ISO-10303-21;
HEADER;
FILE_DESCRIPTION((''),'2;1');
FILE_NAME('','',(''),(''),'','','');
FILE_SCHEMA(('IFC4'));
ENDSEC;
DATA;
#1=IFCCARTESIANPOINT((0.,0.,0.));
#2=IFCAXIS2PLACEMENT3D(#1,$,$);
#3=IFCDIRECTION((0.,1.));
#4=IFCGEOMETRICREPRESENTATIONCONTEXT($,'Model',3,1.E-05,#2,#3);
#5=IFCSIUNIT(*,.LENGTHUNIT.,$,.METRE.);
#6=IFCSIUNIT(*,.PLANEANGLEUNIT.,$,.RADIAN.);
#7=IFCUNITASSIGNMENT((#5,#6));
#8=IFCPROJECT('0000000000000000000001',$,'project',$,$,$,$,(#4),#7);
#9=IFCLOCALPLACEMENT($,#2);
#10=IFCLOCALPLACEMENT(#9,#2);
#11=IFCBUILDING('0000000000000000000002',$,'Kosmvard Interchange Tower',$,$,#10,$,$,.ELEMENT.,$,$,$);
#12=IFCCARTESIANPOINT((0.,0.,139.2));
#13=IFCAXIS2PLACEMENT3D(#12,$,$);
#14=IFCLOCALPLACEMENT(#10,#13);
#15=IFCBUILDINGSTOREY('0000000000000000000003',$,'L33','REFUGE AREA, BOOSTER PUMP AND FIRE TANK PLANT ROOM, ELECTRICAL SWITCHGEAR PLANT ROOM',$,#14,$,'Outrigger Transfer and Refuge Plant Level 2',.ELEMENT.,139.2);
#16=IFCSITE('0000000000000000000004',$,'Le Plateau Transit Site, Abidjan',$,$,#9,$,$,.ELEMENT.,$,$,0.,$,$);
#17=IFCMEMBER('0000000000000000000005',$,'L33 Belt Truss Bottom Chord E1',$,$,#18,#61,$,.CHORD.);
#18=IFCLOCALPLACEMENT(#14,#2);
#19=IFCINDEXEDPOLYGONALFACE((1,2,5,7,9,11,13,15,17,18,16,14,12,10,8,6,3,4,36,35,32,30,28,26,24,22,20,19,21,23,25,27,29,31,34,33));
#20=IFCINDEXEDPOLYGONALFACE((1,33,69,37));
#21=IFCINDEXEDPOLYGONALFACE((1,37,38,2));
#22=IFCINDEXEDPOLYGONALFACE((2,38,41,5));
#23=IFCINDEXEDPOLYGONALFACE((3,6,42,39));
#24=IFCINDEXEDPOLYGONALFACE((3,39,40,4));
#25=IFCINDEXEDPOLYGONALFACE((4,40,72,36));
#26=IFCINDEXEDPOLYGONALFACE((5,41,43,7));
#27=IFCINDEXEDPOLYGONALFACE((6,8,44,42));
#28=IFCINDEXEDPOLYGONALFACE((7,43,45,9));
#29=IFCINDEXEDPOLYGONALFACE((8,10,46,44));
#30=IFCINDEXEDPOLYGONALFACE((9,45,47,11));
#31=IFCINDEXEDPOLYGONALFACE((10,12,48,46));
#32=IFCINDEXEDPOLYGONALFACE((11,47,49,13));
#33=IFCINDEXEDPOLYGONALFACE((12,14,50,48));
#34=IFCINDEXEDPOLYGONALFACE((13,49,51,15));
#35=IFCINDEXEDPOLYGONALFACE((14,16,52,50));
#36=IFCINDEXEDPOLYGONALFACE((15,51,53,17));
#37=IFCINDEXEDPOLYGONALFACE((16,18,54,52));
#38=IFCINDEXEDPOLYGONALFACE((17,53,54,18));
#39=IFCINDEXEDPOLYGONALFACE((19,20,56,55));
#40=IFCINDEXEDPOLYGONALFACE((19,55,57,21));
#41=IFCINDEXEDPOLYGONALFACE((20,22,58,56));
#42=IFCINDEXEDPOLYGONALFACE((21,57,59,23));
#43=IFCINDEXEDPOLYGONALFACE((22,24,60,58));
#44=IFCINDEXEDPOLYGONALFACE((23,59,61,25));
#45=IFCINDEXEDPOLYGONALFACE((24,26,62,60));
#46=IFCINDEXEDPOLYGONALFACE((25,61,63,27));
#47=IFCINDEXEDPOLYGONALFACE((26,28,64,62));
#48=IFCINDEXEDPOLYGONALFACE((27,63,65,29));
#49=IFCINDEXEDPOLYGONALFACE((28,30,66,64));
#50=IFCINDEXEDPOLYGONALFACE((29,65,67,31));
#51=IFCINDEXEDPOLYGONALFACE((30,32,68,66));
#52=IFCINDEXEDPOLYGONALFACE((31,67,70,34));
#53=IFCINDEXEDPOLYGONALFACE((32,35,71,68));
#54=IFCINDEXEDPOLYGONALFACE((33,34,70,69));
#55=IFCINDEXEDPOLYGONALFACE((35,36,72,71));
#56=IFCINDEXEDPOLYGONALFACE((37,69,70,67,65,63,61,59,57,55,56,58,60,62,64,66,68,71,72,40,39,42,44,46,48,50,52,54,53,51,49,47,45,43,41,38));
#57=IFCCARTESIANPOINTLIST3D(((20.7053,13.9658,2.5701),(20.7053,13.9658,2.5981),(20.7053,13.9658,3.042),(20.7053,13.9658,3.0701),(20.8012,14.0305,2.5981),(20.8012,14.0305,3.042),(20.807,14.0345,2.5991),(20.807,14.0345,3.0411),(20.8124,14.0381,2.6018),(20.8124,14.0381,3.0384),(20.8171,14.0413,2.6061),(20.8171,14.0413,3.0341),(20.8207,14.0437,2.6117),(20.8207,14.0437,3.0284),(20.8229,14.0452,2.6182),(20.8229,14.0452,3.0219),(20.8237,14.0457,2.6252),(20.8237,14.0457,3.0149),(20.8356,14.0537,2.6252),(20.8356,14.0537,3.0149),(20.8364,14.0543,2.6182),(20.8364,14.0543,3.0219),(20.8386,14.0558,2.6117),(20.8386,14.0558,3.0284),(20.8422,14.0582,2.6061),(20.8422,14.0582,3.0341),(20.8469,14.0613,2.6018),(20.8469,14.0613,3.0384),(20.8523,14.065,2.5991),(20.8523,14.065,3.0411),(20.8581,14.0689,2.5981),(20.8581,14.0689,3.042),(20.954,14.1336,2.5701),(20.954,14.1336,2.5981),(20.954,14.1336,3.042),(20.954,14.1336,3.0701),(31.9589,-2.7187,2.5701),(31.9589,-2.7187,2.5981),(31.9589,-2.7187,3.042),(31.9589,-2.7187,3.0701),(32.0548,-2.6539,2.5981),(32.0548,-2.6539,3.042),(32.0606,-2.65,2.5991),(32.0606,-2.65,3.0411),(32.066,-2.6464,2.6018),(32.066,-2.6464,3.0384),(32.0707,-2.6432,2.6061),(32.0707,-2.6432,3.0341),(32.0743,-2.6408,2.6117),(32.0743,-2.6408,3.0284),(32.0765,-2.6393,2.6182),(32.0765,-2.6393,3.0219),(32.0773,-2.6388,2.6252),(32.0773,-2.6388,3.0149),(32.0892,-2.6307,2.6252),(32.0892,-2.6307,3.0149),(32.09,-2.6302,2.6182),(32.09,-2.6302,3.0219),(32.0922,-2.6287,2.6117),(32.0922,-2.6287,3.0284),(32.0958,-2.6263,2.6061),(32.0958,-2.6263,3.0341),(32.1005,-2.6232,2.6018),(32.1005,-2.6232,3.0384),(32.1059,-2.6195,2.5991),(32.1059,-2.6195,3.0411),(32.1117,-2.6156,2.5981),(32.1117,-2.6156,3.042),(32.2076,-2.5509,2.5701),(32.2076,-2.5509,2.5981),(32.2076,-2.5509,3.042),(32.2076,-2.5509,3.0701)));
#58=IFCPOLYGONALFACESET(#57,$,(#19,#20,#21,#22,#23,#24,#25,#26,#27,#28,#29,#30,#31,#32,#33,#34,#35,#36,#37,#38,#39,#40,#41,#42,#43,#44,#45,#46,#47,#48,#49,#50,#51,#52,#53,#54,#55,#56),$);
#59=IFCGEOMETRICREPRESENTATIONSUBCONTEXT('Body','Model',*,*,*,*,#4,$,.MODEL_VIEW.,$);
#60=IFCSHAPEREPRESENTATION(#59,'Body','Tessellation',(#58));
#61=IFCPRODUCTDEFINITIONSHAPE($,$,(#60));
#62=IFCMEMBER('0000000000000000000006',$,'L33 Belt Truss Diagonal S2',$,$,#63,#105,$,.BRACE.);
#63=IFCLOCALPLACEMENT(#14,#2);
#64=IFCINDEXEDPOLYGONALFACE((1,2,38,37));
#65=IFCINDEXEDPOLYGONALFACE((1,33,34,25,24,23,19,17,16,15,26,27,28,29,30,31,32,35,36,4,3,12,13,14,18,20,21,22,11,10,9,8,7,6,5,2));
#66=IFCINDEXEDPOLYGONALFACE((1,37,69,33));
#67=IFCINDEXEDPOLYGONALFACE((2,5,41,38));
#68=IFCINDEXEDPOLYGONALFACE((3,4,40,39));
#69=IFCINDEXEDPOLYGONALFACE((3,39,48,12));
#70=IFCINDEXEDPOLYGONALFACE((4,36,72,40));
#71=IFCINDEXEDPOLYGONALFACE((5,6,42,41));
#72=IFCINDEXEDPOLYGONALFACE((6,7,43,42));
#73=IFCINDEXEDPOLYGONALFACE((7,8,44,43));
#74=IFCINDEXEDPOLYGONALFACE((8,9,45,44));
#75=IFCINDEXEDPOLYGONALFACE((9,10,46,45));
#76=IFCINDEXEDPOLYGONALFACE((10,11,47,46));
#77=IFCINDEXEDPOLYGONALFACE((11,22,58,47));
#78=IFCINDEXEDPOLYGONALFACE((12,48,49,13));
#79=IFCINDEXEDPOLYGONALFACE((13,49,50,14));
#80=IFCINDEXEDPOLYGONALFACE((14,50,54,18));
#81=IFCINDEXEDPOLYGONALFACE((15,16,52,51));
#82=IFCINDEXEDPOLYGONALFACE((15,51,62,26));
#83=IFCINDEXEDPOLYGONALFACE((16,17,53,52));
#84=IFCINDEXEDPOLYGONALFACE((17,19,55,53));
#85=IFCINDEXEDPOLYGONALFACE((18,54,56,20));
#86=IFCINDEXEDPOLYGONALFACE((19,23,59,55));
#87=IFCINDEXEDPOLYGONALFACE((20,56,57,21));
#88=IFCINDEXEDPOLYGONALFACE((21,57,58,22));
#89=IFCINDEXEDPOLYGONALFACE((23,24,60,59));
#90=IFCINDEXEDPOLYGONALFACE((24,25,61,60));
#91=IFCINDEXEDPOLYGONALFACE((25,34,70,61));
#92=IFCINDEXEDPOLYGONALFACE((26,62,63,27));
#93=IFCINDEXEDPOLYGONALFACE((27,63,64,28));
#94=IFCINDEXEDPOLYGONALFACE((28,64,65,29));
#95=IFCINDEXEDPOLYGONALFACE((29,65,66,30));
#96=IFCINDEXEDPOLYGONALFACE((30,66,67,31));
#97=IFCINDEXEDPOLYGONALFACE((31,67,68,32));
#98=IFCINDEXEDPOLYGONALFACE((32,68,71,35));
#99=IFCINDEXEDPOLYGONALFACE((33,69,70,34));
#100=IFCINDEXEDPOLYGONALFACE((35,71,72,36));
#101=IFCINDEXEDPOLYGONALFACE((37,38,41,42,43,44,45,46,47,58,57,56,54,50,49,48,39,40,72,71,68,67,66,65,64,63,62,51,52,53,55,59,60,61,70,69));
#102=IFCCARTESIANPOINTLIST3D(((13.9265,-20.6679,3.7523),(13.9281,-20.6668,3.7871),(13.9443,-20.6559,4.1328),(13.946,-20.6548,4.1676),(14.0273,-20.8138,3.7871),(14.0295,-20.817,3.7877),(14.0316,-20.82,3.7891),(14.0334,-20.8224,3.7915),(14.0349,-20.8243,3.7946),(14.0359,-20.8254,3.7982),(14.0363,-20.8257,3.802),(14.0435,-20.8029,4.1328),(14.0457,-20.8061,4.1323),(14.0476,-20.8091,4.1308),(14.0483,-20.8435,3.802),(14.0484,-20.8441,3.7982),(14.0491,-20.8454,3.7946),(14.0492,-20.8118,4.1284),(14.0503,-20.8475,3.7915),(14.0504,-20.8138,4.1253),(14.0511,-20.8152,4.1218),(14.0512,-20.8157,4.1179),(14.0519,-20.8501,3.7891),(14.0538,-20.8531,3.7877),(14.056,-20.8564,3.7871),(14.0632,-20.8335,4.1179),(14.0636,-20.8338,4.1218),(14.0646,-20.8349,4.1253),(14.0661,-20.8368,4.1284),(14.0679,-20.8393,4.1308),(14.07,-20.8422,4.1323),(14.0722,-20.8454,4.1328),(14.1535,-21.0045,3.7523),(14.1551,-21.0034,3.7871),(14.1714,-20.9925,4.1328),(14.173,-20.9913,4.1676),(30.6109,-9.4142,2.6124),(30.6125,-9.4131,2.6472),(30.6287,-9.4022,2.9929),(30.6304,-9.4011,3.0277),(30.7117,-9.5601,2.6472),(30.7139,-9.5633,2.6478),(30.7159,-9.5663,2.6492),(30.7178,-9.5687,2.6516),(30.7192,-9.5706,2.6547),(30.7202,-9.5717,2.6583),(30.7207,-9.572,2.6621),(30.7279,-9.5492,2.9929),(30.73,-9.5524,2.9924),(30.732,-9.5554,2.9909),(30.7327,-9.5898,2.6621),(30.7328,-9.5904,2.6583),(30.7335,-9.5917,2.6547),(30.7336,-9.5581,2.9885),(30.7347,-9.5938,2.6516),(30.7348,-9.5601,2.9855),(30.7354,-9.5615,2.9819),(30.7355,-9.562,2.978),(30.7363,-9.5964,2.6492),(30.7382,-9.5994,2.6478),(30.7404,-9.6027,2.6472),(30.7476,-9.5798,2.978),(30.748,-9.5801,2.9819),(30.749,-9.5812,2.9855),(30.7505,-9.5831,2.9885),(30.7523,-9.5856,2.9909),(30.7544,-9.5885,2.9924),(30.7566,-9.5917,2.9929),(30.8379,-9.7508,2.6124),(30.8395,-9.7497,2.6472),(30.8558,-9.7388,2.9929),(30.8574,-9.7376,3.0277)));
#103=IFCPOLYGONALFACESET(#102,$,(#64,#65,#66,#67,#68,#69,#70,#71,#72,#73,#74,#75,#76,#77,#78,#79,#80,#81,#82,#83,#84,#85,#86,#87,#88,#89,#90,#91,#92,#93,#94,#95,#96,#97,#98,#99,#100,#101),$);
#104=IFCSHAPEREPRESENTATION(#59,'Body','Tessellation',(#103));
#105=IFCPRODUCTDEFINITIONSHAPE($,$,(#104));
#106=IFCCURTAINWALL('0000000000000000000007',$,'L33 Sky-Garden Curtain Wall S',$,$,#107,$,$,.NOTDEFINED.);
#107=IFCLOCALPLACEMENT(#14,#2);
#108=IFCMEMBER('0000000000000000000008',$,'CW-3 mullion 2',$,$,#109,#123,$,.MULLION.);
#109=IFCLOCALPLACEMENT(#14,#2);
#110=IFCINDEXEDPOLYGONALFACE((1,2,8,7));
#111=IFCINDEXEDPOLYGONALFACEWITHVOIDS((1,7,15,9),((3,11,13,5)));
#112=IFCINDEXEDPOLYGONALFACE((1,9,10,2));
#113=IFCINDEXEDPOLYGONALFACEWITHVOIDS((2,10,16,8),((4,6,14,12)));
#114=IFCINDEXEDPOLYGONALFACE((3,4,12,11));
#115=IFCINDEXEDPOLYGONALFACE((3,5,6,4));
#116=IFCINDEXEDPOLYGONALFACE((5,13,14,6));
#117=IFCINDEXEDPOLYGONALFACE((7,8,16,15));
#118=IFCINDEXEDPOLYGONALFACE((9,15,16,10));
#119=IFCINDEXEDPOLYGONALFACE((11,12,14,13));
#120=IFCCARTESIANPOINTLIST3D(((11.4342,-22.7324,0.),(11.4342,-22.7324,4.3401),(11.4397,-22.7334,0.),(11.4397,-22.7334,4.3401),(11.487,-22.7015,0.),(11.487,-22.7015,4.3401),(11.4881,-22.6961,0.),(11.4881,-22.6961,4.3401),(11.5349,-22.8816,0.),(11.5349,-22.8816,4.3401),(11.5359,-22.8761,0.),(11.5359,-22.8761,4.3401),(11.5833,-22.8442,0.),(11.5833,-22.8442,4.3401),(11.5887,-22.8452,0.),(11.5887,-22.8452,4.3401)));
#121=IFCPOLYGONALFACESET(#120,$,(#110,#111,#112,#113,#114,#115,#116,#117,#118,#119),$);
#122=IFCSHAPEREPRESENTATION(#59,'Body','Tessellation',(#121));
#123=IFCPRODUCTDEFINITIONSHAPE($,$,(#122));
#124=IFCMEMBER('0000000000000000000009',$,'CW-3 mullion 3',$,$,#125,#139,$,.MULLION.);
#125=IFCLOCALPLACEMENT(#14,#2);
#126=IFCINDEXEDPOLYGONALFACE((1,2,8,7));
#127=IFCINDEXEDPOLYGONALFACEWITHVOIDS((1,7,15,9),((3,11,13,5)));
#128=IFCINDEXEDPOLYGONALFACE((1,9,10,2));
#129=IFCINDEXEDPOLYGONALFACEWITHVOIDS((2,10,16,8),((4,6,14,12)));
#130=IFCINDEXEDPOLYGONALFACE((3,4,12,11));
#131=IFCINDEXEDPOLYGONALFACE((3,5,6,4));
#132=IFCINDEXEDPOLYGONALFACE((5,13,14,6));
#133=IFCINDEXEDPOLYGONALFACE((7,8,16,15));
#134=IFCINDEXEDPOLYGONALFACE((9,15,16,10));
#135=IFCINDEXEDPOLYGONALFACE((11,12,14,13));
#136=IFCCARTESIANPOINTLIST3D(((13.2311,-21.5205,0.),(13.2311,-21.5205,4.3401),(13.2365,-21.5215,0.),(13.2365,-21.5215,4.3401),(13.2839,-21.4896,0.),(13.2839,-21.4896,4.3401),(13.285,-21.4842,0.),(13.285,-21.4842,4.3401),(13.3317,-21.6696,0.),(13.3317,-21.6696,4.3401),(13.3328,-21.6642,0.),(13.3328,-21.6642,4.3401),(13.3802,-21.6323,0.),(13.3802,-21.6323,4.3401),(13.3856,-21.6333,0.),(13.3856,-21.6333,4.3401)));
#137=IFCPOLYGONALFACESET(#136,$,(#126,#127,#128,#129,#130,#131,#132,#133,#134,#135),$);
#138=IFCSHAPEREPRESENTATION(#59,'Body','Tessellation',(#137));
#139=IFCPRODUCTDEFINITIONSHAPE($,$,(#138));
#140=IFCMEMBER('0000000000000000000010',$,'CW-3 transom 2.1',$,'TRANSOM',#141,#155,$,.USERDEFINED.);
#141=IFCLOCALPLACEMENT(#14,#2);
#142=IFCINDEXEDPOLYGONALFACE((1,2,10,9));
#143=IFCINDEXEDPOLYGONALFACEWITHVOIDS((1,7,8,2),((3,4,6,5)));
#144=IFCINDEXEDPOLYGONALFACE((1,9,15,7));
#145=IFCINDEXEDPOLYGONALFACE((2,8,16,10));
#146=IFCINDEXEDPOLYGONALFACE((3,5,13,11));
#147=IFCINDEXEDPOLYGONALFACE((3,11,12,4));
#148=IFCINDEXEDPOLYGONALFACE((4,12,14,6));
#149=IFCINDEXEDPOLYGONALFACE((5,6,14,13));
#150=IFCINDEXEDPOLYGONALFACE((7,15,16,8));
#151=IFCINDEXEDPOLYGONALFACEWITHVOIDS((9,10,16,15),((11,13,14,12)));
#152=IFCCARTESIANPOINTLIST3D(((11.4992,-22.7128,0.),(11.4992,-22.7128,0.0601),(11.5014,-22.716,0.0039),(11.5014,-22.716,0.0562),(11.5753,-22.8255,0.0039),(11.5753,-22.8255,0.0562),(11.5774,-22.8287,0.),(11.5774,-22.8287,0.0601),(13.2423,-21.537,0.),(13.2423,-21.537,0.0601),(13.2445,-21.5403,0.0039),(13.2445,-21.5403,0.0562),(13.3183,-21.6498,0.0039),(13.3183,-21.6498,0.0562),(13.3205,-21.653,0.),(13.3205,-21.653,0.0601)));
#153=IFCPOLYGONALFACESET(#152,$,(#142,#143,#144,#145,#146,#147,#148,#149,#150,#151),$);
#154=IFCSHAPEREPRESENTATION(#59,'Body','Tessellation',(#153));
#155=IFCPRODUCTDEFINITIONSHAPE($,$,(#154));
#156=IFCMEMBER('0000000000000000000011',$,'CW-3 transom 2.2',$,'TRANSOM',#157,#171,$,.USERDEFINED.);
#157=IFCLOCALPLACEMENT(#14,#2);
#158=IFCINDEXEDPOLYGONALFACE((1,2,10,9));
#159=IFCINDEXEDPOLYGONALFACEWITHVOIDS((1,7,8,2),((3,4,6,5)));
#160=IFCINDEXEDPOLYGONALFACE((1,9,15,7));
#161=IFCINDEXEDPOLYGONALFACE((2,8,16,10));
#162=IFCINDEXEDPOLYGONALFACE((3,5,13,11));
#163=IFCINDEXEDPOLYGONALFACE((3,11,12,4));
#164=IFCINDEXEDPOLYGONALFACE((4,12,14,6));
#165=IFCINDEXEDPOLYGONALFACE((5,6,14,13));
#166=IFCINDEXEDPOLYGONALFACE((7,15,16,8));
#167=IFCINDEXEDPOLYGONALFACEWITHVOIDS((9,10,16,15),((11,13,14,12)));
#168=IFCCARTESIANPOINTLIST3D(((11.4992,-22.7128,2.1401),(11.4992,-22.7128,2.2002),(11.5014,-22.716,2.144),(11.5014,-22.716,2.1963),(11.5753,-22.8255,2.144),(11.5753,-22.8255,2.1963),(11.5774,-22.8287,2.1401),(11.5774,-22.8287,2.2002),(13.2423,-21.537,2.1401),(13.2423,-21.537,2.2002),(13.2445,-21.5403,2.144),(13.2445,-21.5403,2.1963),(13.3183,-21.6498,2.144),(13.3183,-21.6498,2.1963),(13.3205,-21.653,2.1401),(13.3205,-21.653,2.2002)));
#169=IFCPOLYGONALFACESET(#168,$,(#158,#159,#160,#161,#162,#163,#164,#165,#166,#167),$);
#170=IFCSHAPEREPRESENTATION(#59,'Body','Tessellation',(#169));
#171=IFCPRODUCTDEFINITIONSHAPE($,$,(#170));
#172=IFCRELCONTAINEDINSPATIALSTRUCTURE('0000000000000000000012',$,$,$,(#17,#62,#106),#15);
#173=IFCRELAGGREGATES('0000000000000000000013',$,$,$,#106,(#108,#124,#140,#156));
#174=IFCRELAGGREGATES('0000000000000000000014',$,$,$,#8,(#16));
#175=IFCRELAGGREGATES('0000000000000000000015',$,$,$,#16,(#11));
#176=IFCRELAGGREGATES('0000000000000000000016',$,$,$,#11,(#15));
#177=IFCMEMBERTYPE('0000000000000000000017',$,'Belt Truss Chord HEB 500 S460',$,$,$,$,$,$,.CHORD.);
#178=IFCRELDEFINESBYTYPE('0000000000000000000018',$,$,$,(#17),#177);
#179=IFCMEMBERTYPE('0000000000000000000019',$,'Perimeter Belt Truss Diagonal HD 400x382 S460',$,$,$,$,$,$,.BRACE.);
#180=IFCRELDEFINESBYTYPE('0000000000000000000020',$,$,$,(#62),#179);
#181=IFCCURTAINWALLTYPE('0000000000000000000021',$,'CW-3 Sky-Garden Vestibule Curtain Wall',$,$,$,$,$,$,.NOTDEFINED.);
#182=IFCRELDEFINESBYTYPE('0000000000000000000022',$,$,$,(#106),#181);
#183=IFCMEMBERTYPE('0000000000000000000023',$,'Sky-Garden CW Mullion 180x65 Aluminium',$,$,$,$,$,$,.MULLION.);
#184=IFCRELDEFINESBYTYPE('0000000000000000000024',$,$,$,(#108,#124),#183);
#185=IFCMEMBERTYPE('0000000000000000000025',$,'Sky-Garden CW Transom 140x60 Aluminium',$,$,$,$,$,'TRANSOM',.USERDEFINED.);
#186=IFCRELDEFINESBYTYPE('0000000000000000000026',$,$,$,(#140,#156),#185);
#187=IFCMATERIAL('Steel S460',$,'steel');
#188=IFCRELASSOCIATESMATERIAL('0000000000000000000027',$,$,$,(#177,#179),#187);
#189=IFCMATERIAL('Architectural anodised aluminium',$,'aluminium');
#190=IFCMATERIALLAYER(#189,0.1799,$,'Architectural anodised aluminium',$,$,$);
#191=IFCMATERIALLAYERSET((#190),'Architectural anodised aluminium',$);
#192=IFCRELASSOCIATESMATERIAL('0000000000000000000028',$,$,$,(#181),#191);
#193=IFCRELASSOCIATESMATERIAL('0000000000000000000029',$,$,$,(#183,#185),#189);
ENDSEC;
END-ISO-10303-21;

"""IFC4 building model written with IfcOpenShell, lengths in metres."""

from ifc_helpers import new_model, si_unit, direction, frame, origin, origin_2d, place, context, subcontext, project, spatial, hollow_rectangle, i_section, extrude, source, transform, mapped, material, layer, layer_set, material_profile, profile_set, type_object, element, aggregate, save


model = new_model("IFC4")

# Units and contexts
model_context = context("Model", 3, precision=1e-05, world=origin(), true_north=direction((0.0, 1.0)))
body_context = subcontext(model_context, "Body", "Model", "MODEL_VIEW")
ifc_project = project(units=[si_unit("LENGTHUNIT", "METRE"), si_unit("PLANEANGLEUNIT", "RADIAN")], contexts=[model_context])

# Site, building, storey
site_placement = place(None, origin())
site = spatial("IfcSite", under=ifc_project, at=site_placement, Name="Le Plateau Transit Site, Abidjan", CompositionType="ELEMENT", RefElevation=0.0)
building_placement = place(site_placement, origin())
building = spatial("IfcBuilding", under=site, at=building_placement, Name="Kosmvard Interchange Tower", CompositionType="ELEMENT")
storey_placement = place(building_placement, frame((0.0, 0.0, 139.2)))
storey = spatial("IfcBuildingStorey", under=building, at=storey_placement, Name="L33", Description="REFUGE AREA, BOOSTER PUMP AND FIRE TANK PLANT ROOM, ELECTRICAL SWITCHGEAR PLANT ROOM", LongName="Outrigger Transfer and Refuge Plant Level 2", CompositionType="ELEMENT", Elevation=139.2)

# Shared definitions
ifc_material_1 = material(Name="Steel S460", Category="steel")

# Members
ifc_material_profile_1 = material_profile(ifc_material_1, i_section(OverallWidth=0.3, OverallDepth=0.5, WebThickness=0.0144, FlangeThickness=0.0281, FilletRadius=0.0271, at=origin_2d()), Name="HEB 500")
ifc_profile_set_1 = profile_set([ifc_material_profile_1], Name="Steel S460")
member_type_1 = type_object("IfcMemberType", Name="Belt Truss Chord HEB 500 S460", PredefinedType="CHORD", material=ifc_profile_set_1)
shared_shape_1 = source(origin(), body_context, "Body", "SweptSolid", [
    extrude(i_section(OverallWidth=0.3, OverallDepth=0.5, WebThickness=0.0144, FlangeThickness=0.0281, FilletRadius=0.0271, at=origin_2d()), origin(), (0.0, 0.0, 1.0), 20.125),
])
for number, where, z_axis, x_axis, name in (
    (1, (32.0833, -2.6348, 2.8201), (-0.559185, 0.829043, 0.0), (-0.829043, -0.559185, 0.0), "L33 Belt Truss Bottom Chord E1"),
):
    element("IfcMember", number, at=place(storey_placement, frame(where, z_axis=z_axis, x_axis=x_axis)), inside=storey, type_object=member_type_1, Name=name, PredefinedType="CHORD", context=body_context, shape_type="MappedRepresentation", body=[
        mapped(shared_shape_1, transform((0.0, 0.0, 0.0), scale=1.0)),
    ])
ifc_material_profile_2 = material_profile(ifc_material_1, i_section(OverallWidth=0.406, OverallDepth=0.416, WebThickness=0.0215, FlangeThickness=0.0349, FilletRadius=0.0149, at=origin_2d()), Name="HD 400x382")
ifc_profile_set_2 = profile_set([ifc_material_profile_2], Name="Steel S460")
member_type_2 = type_object("IfcMemberType", Name="Perimeter Belt Truss Diagonal HD 400x382 S460", PredefinedType="BRACE", material=ifc_profile_set_2)
shared_shape_2 = source(origin(), body_context, "Body", "SweptSolid", [
    extrude(i_section(OverallWidth=0.406, OverallDepth=0.416, WebThickness=0.0215, FlangeThickness=0.0349, FilletRadius=0.0149, at=origin_2d()), origin(), (0.0, 0.0, 1.0), 20.1572),
])
member_1_placement = place(storey_placement, frame((30.7341, -9.5759, 2.8201), z_axis=(-0.827712, -0.558296, 0.05655), x_axis=(0.559191, -0.829039, 0.0)))
element("IfcMember", 2, at=member_1_placement, inside=storey, type_object=member_type_2, Name="L33 Belt Truss Diagonal S2", PredefinedType="BRACE", context=body_context, shape_type="MappedRepresentation", body=[
    mapped(shared_shape_2, transform((0.0, 0.0, 0.0), scale=1.0)),
])

# Curtain wall, members
ifc_material_2 = material(Name="Architectural anodised aluminium", Category="aluminium")
ifc_layer_1 = layer(ifc_material_2, 0.1799, Name="Architectural anodised aluminium")
ifc_layer_set_1 = layer_set([ifc_layer_1], Name="Architectural anodised aluminium")
curtain_wall_type = type_object("IfcCurtainWallType", Name="CW-3 Sky-Garden Vestibule Curtain Wall", PredefinedType="NOTDEFINED", material=ifc_layer_set_1)
curtain_wall_placement = place(storey_placement, origin())
curtain_wall = element("IfcCurtainWall", 3, at=curtain_wall_placement, inside=storey, type_object=curtain_wall_type, Name="L33 Sky-Garden Curtain Wall S", PredefinedType="NOTDEFINED")
ifc_material_profile_3 = material_profile(ifc_material_2, hollow_rectangle(XDim=0.1799, YDim=0.0649, WallThickness=0.0039, at=origin_2d()), Name="CWM 180x65x4")
ifc_profile_set_3 = profile_set([ifc_material_profile_3], Name="Architectural anodised aluminium")
member_type_3 = type_object("IfcMemberType", Name="Sky-Garden CW Mullion 180x65 Aluminium", PredefinedType="MULLION", material=ifc_profile_set_3)
shared_shape_3 = source(origin(), body_context, "Body", "SweptSolid", [
    extrude(hollow_rectangle(XDim=0.1799, YDim=0.0649, WallThickness=0.0039, at=origin_2d()), origin(), (0.0, 0.0, 1.0), 4.3401),
])
member_2_placement = place(storey_placement, frame((11.5115, -22.7888, 0.0), z_axis=(0.0, 0.0, 1.0), x_axis=(-0.559193, 0.829038, 0.0)))
member_2 = element("IfcMember", 4, at=member_2_placement, type_object=member_type_3, Name="CW-3 mullion 2", PredefinedType="MULLION", context=body_context, shape_type="MappedRepresentation", body=[
    mapped(shared_shape_3, transform((0.0, 0.0, 0.0), scale=1.0)),
])
member_3_placement = place(storey_placement, frame((13.3083, -21.5769, 0.0), z_axis=(0.0, 0.0, 1.0), x_axis=(-0.559193, 0.829038, 0.0)))
member_3 = element("IfcMember", 5, at=member_3_placement, type_object=member_type_3, Name="CW-3 mullion 3", PredefinedType="MULLION", context=body_context, shape_type="MappedRepresentation", body=[
    mapped(shared_shape_3, transform((0.0, 0.0, 0.0), scale=1.0)),
])
ifc_material_profile_4 = material_profile(ifc_material_2, hollow_rectangle(XDim=0.1399, YDim=0.0601, WallThickness=0.0039, at=origin_2d()), Name="CWT 140x60x4")
ifc_profile_set_4 = profile_set([ifc_material_profile_4], Name="Architectural anodised aluminium")
member_type_4 = type_object("IfcMemberType", Name="Sky-Garden CW Transom 140x60 Aluminium", ElementType="TRANSOM", PredefinedType="USERDEFINED", material=ifc_profile_set_4)
shared_shape_4 = source(origin(), body_context, "Body", "SweptSolid", [
    extrude(hollow_rectangle(XDim=0.1399, YDim=0.0601, WallThickness=0.0039, at=origin_2d()), origin(), (0.0, 0.0, 1.0), 2.1025),
])
member_4_placement = place(storey_placement, frame((11.5383, -22.7708, 0.03), z_axis=(0.829037, 0.559194, 0.0), x_axis=(-0.559194, 0.829037, 0.0)))
member_4 = element("IfcMember", 6, at=member_4_placement, type_object=member_type_4, Name="CW-3 transom 2.1", ObjectType="TRANSOM", PredefinedType="USERDEFINED", context=body_context, shape_type="MappedRepresentation", body=[
    mapped(shared_shape_4, transform((0.0, 0.0, 0.0), scale=1.0)),
])
member_5_placement = place(storey_placement, frame((11.5383, -22.7708, 2.1702), z_axis=(0.829037, 0.559194, 0.0), x_axis=(-0.559194, 0.829037, 0.0)))
member_5 = element("IfcMember", 7, at=member_5_placement, type_object=member_type_4, Name="CW-3 transom 2.2", ObjectType="TRANSOM", PredefinedType="USERDEFINED", context=body_context, shape_type="MappedRepresentation", body=[
    mapped(shared_shape_4, transform((0.0, 0.0, 0.0), scale=1.0)),
])

aggregate(curtain_wall, [member_2, member_3, member_4, member_5])

save(model, "model.ifc")
